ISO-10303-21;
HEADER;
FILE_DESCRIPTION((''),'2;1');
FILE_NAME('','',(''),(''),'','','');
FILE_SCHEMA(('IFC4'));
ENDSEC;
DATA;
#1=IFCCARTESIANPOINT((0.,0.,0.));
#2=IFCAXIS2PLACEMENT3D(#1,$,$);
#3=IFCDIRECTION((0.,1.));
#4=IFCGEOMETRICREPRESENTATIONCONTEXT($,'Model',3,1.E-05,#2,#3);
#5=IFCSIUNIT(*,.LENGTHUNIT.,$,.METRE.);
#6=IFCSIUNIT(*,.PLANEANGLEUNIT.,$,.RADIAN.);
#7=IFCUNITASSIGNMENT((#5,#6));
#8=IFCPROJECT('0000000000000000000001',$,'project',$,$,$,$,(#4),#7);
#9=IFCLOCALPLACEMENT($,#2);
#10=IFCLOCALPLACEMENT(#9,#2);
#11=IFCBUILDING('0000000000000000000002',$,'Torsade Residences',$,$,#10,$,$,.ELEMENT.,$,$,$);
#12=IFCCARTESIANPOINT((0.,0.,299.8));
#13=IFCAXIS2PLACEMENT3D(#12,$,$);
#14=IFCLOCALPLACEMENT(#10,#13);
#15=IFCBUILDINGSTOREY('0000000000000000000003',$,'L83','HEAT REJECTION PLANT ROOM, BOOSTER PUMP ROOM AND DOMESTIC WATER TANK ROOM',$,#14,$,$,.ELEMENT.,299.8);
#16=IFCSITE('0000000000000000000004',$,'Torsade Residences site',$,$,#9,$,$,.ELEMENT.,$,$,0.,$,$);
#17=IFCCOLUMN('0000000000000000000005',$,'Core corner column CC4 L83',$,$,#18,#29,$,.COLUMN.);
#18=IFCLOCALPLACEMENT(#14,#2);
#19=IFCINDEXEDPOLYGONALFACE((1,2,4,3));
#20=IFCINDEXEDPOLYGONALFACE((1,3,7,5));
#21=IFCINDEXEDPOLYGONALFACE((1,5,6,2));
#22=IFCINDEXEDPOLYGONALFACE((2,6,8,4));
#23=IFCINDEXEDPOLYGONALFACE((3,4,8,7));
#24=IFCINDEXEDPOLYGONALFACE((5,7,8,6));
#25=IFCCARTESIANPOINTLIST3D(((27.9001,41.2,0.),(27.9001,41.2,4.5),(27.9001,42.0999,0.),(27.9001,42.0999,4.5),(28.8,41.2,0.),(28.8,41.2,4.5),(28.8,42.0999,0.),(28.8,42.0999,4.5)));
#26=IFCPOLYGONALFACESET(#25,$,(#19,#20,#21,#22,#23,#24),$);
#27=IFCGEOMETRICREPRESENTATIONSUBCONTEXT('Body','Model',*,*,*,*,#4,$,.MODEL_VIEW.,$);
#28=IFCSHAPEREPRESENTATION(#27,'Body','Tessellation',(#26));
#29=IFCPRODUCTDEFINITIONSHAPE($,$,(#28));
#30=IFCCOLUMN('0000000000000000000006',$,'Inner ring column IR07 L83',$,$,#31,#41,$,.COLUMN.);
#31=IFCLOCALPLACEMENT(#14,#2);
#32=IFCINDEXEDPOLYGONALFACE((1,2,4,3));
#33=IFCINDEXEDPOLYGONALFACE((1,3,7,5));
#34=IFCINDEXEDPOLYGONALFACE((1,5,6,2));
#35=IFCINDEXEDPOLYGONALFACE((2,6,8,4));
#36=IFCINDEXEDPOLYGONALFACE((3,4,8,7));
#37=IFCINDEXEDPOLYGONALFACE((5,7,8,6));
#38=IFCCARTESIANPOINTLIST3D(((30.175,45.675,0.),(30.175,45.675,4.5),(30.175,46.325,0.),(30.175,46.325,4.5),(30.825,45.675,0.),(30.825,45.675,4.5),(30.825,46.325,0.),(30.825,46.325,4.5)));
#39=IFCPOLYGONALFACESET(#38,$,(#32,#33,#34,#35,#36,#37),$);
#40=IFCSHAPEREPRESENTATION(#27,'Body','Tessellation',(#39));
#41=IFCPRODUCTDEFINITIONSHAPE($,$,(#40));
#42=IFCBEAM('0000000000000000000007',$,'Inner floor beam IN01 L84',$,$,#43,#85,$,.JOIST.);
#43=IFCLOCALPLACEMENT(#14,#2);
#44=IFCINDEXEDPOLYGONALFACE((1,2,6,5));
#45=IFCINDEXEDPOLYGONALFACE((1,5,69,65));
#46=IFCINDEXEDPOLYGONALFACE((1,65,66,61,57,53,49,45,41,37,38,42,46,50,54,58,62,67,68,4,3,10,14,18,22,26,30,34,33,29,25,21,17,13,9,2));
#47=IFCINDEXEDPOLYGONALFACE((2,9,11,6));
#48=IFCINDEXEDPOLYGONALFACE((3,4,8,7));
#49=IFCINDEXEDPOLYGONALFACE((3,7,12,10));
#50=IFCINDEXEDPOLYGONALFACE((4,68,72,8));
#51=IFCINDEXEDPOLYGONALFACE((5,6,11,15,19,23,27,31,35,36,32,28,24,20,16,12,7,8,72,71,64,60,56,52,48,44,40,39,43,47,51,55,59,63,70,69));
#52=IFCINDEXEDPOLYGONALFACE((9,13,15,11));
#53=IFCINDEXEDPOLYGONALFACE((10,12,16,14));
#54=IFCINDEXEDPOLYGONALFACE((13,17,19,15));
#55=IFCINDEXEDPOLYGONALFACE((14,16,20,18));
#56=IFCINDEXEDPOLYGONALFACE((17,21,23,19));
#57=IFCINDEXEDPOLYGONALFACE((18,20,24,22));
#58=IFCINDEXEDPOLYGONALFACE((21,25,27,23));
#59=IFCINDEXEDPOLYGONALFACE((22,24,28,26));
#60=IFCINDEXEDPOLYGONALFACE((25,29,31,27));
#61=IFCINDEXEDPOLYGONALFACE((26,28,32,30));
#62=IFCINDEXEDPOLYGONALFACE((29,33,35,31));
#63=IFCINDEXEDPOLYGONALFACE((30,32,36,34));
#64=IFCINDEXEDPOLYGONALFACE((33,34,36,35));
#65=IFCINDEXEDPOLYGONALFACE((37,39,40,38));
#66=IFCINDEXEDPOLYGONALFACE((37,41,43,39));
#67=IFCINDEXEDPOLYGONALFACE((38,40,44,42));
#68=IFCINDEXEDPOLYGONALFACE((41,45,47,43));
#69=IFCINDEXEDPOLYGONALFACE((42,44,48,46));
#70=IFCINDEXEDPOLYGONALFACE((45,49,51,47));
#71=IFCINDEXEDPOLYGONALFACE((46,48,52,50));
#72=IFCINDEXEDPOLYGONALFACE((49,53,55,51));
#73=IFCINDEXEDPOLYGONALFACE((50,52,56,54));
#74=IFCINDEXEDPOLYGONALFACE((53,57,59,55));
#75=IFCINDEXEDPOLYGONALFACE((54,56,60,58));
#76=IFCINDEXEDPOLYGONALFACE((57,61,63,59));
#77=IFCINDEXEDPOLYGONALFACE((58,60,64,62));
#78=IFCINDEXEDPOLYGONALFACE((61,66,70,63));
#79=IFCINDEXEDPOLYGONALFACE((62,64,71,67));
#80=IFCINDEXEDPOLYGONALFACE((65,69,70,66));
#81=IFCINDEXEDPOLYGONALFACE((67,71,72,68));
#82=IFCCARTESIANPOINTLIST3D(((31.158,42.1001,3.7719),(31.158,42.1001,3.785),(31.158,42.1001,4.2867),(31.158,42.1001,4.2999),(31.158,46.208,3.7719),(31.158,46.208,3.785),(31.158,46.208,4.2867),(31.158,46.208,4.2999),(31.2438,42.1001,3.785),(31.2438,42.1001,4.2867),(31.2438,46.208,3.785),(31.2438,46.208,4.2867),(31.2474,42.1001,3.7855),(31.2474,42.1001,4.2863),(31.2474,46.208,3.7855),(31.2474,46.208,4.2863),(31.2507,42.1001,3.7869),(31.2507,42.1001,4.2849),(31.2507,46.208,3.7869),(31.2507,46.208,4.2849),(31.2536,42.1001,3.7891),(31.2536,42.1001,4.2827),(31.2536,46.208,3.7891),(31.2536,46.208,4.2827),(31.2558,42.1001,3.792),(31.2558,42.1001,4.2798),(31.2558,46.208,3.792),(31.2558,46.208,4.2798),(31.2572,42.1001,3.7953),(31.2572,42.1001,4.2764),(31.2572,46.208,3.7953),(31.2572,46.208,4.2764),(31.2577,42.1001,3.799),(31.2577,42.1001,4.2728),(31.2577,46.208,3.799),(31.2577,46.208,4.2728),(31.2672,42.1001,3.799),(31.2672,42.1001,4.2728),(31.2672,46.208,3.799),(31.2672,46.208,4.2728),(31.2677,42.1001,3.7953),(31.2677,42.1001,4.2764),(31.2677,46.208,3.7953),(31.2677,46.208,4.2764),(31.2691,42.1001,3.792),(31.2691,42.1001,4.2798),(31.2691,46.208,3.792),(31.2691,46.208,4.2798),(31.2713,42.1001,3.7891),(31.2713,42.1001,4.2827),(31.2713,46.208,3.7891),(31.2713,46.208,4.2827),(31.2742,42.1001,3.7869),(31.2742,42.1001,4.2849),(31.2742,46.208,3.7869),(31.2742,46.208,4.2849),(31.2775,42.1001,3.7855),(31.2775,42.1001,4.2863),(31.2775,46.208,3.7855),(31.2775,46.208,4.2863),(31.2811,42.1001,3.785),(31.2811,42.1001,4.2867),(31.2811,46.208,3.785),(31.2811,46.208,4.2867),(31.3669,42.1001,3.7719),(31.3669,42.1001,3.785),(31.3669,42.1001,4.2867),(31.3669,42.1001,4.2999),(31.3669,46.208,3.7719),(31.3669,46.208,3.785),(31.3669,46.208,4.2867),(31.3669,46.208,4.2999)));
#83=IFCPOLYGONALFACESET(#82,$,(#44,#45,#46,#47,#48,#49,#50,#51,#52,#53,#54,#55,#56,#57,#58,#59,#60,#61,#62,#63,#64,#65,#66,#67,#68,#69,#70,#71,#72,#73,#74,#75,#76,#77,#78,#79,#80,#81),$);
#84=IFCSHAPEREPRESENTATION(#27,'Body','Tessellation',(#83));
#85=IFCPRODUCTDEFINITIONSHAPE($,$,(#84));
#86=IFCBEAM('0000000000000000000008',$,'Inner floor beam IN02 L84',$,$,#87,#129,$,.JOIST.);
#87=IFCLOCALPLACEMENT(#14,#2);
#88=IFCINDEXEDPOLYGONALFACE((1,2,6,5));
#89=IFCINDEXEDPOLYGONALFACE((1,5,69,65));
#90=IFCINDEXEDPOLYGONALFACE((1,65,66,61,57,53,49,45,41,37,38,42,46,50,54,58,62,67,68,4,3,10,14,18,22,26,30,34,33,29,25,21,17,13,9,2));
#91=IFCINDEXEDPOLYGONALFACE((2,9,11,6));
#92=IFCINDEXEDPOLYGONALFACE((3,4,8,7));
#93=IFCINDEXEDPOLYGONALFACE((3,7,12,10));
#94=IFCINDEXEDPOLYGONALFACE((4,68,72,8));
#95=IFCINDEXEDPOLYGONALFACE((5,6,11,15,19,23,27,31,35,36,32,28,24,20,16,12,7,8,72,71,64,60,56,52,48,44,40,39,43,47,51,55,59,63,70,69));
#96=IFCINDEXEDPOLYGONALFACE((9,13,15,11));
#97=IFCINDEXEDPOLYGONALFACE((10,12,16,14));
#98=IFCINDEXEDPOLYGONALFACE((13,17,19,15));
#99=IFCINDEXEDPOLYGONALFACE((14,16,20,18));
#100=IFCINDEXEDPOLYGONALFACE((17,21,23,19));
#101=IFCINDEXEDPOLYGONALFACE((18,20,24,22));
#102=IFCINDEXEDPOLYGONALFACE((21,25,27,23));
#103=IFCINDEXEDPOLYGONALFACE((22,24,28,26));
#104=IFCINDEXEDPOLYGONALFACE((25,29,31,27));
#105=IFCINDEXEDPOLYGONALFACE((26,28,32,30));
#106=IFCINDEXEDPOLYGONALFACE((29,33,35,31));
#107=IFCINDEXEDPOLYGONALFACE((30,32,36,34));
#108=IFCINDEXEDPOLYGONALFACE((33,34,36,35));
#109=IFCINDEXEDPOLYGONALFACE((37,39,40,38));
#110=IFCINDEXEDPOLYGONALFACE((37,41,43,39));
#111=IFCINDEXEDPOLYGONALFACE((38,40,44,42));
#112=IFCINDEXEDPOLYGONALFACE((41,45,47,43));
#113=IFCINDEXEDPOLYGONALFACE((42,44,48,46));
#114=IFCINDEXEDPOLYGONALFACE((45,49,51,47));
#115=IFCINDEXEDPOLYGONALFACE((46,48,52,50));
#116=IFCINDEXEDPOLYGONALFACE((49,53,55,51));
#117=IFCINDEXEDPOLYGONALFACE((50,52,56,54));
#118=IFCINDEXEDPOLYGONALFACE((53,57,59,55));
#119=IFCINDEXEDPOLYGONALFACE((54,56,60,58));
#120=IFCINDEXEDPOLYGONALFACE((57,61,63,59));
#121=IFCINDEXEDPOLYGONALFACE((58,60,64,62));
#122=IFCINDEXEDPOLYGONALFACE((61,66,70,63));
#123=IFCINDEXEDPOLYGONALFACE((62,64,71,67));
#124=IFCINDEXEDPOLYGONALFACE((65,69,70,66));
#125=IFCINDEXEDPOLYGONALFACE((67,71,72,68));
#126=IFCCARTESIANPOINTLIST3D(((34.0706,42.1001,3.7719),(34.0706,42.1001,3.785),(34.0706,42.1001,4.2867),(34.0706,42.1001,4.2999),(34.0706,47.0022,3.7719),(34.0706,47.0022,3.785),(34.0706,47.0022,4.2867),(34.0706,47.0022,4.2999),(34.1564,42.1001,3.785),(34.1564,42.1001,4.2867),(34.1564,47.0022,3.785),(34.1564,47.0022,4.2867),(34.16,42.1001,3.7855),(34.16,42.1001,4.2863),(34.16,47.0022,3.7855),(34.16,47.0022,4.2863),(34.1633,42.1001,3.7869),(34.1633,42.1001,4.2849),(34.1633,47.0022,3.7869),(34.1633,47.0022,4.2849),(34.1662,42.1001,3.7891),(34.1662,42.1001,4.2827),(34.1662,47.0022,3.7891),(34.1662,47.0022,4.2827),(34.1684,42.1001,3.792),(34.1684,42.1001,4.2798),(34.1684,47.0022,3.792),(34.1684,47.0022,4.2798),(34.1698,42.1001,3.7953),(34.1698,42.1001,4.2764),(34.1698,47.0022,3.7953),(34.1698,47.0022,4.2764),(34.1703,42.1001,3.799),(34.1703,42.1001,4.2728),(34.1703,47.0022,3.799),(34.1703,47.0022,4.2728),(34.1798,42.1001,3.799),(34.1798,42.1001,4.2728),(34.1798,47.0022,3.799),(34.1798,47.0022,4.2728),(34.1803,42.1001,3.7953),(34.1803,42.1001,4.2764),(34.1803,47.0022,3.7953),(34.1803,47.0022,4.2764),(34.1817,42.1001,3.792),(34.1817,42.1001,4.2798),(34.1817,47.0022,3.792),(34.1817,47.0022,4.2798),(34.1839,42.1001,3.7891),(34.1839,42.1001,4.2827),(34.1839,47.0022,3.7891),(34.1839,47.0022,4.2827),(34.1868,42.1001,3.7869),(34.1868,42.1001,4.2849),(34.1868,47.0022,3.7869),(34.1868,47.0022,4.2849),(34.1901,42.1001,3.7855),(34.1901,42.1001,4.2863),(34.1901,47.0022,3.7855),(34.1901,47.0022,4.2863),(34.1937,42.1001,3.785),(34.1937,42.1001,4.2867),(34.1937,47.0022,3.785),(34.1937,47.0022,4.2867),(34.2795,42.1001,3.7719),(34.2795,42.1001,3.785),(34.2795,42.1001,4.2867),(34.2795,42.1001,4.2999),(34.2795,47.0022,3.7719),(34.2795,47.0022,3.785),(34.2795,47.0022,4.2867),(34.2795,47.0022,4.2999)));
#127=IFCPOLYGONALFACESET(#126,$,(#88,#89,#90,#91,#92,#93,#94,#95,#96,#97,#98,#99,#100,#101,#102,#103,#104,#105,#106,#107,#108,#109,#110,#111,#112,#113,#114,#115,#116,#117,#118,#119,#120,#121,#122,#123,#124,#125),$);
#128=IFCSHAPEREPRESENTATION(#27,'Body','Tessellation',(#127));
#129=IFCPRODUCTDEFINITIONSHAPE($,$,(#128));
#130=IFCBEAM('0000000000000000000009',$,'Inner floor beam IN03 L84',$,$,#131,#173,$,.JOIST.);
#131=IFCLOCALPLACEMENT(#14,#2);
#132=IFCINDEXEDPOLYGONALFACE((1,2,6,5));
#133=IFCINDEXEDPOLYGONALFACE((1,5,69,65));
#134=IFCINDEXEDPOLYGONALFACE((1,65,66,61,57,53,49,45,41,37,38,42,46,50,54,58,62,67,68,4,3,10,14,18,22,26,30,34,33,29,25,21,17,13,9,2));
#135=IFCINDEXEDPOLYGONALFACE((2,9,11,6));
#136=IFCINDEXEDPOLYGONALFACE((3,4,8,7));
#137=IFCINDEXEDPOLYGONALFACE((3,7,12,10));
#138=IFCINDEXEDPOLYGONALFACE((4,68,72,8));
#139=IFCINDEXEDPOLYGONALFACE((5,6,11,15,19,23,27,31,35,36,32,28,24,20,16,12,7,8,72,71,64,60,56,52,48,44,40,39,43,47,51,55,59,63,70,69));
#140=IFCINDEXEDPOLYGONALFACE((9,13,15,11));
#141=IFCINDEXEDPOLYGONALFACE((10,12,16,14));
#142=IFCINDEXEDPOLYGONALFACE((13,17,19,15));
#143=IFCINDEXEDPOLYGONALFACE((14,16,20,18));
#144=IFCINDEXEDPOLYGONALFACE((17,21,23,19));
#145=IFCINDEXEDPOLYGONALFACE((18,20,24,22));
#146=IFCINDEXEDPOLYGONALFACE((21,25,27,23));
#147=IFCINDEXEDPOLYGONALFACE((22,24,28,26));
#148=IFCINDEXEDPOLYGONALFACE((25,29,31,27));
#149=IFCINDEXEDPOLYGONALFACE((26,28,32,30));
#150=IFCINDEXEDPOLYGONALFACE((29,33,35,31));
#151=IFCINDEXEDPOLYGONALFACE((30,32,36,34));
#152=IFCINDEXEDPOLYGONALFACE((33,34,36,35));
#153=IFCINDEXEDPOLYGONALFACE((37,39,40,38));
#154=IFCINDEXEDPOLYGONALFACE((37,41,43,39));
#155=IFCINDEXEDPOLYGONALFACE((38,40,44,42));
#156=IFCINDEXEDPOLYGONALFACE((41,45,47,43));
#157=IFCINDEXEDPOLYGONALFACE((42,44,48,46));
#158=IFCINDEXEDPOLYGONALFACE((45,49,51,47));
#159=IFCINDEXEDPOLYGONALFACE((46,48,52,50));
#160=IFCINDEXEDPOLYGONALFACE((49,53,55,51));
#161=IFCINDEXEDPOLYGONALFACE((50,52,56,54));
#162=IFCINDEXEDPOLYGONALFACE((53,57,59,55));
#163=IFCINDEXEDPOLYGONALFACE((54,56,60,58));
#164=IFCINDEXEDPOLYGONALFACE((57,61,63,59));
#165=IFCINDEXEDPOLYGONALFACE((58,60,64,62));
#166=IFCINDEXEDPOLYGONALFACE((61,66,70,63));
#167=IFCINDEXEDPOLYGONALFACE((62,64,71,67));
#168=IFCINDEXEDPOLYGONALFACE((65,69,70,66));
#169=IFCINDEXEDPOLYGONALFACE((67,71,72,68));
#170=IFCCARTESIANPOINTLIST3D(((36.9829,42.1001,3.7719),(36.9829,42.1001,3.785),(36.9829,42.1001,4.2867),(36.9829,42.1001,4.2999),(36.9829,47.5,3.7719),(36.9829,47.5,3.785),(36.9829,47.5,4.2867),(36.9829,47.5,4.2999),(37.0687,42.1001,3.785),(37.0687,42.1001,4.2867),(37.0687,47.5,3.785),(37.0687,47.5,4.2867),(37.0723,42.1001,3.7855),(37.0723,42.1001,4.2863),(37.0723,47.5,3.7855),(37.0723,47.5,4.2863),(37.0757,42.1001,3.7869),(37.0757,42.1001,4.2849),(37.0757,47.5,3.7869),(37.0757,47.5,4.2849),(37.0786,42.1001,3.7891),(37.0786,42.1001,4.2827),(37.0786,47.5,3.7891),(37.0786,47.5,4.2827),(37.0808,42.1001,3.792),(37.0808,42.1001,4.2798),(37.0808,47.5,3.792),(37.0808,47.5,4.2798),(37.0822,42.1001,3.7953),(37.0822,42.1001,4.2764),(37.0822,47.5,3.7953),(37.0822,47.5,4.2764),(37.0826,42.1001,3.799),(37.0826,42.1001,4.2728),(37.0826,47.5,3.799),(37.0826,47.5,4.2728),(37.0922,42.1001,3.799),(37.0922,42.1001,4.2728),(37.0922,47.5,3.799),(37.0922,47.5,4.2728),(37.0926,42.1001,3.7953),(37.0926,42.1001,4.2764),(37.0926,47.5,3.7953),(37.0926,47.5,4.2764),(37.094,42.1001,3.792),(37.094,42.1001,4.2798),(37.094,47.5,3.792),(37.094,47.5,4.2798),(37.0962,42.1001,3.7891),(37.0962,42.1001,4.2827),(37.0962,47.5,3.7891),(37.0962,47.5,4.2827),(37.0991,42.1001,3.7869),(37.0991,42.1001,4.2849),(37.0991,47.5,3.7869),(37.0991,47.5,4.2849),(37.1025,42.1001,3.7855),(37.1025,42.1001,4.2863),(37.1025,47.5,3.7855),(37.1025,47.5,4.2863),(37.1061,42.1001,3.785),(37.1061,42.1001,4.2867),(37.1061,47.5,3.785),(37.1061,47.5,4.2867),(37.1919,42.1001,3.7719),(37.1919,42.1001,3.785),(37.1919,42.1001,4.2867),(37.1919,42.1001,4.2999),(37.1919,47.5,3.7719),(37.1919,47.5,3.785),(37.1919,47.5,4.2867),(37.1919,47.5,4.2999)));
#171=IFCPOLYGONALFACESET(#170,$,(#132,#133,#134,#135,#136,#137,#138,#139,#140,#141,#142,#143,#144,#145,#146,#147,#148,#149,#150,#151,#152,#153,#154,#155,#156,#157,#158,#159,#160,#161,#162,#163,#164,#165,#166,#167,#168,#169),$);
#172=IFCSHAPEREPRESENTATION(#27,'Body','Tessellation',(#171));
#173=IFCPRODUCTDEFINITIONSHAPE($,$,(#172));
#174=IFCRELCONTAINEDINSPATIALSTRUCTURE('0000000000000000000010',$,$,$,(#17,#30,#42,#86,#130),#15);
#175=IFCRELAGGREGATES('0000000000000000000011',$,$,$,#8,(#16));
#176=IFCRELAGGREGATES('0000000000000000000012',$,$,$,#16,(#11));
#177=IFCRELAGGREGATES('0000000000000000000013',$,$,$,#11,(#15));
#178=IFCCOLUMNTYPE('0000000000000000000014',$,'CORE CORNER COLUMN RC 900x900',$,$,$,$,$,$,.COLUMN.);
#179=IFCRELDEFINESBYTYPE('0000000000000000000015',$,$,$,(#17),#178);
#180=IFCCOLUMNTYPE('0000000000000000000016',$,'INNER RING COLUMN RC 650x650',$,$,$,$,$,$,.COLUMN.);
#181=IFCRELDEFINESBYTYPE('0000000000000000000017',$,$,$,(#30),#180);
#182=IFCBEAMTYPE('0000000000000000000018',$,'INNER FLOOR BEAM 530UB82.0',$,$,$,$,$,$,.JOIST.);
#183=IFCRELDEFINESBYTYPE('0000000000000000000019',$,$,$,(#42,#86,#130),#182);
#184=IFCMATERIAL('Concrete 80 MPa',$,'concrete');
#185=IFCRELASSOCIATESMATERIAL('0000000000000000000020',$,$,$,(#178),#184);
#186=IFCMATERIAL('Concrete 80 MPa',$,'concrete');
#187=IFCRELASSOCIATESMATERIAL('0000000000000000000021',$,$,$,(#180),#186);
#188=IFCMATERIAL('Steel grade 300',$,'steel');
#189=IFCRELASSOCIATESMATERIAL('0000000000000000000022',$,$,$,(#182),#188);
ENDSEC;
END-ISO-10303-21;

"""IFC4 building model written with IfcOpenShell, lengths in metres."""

from ifc_helpers import new_model, si_unit, direction, frame, origin, origin_2d, place, context, subcontext, project, spatial, rectangle, i_section, extrude, material, material_profile, profile_set, type_object, element, save


model = new_model("IFC4")

# Units and contexts
model_context = context("Model", 3, precision=1e-05, world=origin(), true_north=direction((0.0, 1.0)))
body_context = subcontext(model_context, "Body", "Model", "MODEL_VIEW")
ifc_project = project(units=[si_unit("LENGTHUNIT", "METRE"), si_unit("PLANEANGLEUNIT", "RADIAN")], contexts=[model_context])

# Site, building, storey
site_placement = place(None, origin())
site = spatial("IfcSite", under=ifc_project, at=site_placement, Name="Torsade Residences site", CompositionType="ELEMENT", RefElevation=0.0)
building_placement = place(site_placement, origin())
building = spatial("IfcBuilding", under=site, at=building_placement, Name="Torsade Residences", CompositionType="ELEMENT")
storey_placement = place(building_placement, frame((0.0, 0.0, 299.8)))
storey = spatial("IfcBuildingStorey", under=building, at=storey_placement, Name="L83", Description="HEAT REJECTION PLANT ROOM, BOOSTER PUMP ROOM AND DOMESTIC WATER TANK ROOM", CompositionType="ELEMENT", Elevation=299.8)

# Columns
ifc_material_1 = material(Name="Concrete 80 MPa", Category="concrete")
ifc_material_profile_1 = material_profile(ifc_material_1, rectangle(XDim=0.8999, YDim=0.8999, at=origin_2d()), Name="RC 900x900")
ifc_profile_set_1 = profile_set([ifc_material_profile_1], Name="Concrete 80 MPa")
column_type_1 = type_object("IfcColumnType", Name="CORE CORNER COLUMN RC 900x900", PredefinedType="COLUMN", material=ifc_profile_set_1)
column_1_placement = place(storey_placement, frame((28.3501, 41.6499, 0.0), z_axis=(0.0, 0.0, 1.0), x_axis=(1.0, 0.0, 0.0)))
element("IfcColumn", 1, at=column_1_placement, inside=storey, type_object=column_type_1, Name="Core corner column CC4 L83", PredefinedType="COLUMN", context=body_context, shape_type="SweptSolid", body=[
    extrude(rectangle(XDim=0.8999, YDim=0.8999, at=origin_2d()), origin(), (0.0, 0.0, 1.0), 4.5),
])
ifc_material_2 = material(Name="Concrete 80 MPa", Category="concrete")
ifc_material_profile_2 = material_profile(ifc_material_2, rectangle(XDim=0.6499, YDim=0.6499, at=origin_2d()), Name="RC 650x650")
ifc_profile_set_2 = profile_set([ifc_material_profile_2], Name="Concrete 80 MPa")
column_type_2 = type_object("IfcColumnType", Name="INNER RING COLUMN RC 650x650", PredefinedType="COLUMN", material=ifc_profile_set_2)
column_2_placement = place(storey_placement, frame((30.5, 46.0, 0.0), z_axis=(0.0, 0.0, 1.0), x_axis=(1.0, 0.0, 0.0)))
element("IfcColumn", 2, at=column_2_placement, inside=storey, type_object=column_type_2, Name="Inner ring column IR07 L83", PredefinedType="COLUMN", context=body_context, shape_type="SweptSolid", body=[
    extrude(rectangle(XDim=0.6499, YDim=0.6499, at=origin_2d()), origin(), (0.0, 0.0, 1.0), 4.5),
])

# Beams
ifc_material_3 = material(Name="Steel grade 300", Category="steel")
ifc_material_profile_3 = material_profile(ifc_material_3, i_section(OverallWidth=0.209, OverallDepth=0.5281, WebThickness=0.0095, FlangeThickness=0.0132, FilletRadius=0.0139, at=origin_2d()), Name="530UB82.0")
ifc_profile_set_3 = profile_set([ifc_material_profile_3], Name="Steel grade 300")
beam_type_1 = type_object("IfcBeamType", Name="INNER FLOOR BEAM 530UB82.0", PredefinedType="JOIST", material=ifc_profile_set_3)
beam_1_placement = place(storey_placement, frame((31.2625, 42.1001, 4.0359), z_axis=(0.0, 1.0, 0.0), x_axis=(-1.0, 0.0, 0.0)))
element("IfcBeam", 3, at=beam_1_placement, inside=storey, type_object=beam_type_1, Name="Inner floor beam IN01 L84", PredefinedType="JOIST", context=body_context, shape_type="SweptSolid", body=[
    extrude(i_section(OverallWidth=0.209, OverallDepth=0.5281, WebThickness=0.0095, FlangeThickness=0.0132, FilletRadius=0.0139, at=origin_2d()), origin(), (0.0, 0.0, 1.0), 4.1079),
])
beam_2_placement = place(storey_placement, frame((34.175, 42.1001, 4.0359), z_axis=(0.0, 1.0, 0.0), x_axis=(-1.0, 0.0, 0.0)))
element("IfcBeam", 4, at=beam_2_placement, inside=storey, type_object=beam_type_1, Name="Inner floor beam IN02 L84", PredefinedType="JOIST", context=body_context, shape_type="SweptSolid", body=[
    extrude(i_section(OverallWidth=0.209, OverallDepth=0.5281, WebThickness=0.0095, FlangeThickness=0.0132, FilletRadius=0.0139, at=origin_2d()), origin(), (0.0, 0.0, 1.0), 4.9021),
])
beam_3_placement = place(storey_placement, frame((37.0874, 42.1001, 4.0359), z_axis=(0.0, 1.0, 0.0), x_axis=(-1.0, 0.0, 0.0)))
element("IfcBeam", 5, at=beam_3_placement, inside=storey, type_object=beam_type_1, Name="Inner floor beam IN03 L84", PredefinedType="JOIST", context=body_context, shape_type="SweptSolid", body=[
    extrude(i_section(OverallWidth=0.209, OverallDepth=0.5281, WebThickness=0.0095, FlangeThickness=0.0132, FilletRadius=0.0139, at=origin_2d()), origin(), (0.0, 0.0, 1.0), 5.3999),
])

save(model, "model.ifc")
